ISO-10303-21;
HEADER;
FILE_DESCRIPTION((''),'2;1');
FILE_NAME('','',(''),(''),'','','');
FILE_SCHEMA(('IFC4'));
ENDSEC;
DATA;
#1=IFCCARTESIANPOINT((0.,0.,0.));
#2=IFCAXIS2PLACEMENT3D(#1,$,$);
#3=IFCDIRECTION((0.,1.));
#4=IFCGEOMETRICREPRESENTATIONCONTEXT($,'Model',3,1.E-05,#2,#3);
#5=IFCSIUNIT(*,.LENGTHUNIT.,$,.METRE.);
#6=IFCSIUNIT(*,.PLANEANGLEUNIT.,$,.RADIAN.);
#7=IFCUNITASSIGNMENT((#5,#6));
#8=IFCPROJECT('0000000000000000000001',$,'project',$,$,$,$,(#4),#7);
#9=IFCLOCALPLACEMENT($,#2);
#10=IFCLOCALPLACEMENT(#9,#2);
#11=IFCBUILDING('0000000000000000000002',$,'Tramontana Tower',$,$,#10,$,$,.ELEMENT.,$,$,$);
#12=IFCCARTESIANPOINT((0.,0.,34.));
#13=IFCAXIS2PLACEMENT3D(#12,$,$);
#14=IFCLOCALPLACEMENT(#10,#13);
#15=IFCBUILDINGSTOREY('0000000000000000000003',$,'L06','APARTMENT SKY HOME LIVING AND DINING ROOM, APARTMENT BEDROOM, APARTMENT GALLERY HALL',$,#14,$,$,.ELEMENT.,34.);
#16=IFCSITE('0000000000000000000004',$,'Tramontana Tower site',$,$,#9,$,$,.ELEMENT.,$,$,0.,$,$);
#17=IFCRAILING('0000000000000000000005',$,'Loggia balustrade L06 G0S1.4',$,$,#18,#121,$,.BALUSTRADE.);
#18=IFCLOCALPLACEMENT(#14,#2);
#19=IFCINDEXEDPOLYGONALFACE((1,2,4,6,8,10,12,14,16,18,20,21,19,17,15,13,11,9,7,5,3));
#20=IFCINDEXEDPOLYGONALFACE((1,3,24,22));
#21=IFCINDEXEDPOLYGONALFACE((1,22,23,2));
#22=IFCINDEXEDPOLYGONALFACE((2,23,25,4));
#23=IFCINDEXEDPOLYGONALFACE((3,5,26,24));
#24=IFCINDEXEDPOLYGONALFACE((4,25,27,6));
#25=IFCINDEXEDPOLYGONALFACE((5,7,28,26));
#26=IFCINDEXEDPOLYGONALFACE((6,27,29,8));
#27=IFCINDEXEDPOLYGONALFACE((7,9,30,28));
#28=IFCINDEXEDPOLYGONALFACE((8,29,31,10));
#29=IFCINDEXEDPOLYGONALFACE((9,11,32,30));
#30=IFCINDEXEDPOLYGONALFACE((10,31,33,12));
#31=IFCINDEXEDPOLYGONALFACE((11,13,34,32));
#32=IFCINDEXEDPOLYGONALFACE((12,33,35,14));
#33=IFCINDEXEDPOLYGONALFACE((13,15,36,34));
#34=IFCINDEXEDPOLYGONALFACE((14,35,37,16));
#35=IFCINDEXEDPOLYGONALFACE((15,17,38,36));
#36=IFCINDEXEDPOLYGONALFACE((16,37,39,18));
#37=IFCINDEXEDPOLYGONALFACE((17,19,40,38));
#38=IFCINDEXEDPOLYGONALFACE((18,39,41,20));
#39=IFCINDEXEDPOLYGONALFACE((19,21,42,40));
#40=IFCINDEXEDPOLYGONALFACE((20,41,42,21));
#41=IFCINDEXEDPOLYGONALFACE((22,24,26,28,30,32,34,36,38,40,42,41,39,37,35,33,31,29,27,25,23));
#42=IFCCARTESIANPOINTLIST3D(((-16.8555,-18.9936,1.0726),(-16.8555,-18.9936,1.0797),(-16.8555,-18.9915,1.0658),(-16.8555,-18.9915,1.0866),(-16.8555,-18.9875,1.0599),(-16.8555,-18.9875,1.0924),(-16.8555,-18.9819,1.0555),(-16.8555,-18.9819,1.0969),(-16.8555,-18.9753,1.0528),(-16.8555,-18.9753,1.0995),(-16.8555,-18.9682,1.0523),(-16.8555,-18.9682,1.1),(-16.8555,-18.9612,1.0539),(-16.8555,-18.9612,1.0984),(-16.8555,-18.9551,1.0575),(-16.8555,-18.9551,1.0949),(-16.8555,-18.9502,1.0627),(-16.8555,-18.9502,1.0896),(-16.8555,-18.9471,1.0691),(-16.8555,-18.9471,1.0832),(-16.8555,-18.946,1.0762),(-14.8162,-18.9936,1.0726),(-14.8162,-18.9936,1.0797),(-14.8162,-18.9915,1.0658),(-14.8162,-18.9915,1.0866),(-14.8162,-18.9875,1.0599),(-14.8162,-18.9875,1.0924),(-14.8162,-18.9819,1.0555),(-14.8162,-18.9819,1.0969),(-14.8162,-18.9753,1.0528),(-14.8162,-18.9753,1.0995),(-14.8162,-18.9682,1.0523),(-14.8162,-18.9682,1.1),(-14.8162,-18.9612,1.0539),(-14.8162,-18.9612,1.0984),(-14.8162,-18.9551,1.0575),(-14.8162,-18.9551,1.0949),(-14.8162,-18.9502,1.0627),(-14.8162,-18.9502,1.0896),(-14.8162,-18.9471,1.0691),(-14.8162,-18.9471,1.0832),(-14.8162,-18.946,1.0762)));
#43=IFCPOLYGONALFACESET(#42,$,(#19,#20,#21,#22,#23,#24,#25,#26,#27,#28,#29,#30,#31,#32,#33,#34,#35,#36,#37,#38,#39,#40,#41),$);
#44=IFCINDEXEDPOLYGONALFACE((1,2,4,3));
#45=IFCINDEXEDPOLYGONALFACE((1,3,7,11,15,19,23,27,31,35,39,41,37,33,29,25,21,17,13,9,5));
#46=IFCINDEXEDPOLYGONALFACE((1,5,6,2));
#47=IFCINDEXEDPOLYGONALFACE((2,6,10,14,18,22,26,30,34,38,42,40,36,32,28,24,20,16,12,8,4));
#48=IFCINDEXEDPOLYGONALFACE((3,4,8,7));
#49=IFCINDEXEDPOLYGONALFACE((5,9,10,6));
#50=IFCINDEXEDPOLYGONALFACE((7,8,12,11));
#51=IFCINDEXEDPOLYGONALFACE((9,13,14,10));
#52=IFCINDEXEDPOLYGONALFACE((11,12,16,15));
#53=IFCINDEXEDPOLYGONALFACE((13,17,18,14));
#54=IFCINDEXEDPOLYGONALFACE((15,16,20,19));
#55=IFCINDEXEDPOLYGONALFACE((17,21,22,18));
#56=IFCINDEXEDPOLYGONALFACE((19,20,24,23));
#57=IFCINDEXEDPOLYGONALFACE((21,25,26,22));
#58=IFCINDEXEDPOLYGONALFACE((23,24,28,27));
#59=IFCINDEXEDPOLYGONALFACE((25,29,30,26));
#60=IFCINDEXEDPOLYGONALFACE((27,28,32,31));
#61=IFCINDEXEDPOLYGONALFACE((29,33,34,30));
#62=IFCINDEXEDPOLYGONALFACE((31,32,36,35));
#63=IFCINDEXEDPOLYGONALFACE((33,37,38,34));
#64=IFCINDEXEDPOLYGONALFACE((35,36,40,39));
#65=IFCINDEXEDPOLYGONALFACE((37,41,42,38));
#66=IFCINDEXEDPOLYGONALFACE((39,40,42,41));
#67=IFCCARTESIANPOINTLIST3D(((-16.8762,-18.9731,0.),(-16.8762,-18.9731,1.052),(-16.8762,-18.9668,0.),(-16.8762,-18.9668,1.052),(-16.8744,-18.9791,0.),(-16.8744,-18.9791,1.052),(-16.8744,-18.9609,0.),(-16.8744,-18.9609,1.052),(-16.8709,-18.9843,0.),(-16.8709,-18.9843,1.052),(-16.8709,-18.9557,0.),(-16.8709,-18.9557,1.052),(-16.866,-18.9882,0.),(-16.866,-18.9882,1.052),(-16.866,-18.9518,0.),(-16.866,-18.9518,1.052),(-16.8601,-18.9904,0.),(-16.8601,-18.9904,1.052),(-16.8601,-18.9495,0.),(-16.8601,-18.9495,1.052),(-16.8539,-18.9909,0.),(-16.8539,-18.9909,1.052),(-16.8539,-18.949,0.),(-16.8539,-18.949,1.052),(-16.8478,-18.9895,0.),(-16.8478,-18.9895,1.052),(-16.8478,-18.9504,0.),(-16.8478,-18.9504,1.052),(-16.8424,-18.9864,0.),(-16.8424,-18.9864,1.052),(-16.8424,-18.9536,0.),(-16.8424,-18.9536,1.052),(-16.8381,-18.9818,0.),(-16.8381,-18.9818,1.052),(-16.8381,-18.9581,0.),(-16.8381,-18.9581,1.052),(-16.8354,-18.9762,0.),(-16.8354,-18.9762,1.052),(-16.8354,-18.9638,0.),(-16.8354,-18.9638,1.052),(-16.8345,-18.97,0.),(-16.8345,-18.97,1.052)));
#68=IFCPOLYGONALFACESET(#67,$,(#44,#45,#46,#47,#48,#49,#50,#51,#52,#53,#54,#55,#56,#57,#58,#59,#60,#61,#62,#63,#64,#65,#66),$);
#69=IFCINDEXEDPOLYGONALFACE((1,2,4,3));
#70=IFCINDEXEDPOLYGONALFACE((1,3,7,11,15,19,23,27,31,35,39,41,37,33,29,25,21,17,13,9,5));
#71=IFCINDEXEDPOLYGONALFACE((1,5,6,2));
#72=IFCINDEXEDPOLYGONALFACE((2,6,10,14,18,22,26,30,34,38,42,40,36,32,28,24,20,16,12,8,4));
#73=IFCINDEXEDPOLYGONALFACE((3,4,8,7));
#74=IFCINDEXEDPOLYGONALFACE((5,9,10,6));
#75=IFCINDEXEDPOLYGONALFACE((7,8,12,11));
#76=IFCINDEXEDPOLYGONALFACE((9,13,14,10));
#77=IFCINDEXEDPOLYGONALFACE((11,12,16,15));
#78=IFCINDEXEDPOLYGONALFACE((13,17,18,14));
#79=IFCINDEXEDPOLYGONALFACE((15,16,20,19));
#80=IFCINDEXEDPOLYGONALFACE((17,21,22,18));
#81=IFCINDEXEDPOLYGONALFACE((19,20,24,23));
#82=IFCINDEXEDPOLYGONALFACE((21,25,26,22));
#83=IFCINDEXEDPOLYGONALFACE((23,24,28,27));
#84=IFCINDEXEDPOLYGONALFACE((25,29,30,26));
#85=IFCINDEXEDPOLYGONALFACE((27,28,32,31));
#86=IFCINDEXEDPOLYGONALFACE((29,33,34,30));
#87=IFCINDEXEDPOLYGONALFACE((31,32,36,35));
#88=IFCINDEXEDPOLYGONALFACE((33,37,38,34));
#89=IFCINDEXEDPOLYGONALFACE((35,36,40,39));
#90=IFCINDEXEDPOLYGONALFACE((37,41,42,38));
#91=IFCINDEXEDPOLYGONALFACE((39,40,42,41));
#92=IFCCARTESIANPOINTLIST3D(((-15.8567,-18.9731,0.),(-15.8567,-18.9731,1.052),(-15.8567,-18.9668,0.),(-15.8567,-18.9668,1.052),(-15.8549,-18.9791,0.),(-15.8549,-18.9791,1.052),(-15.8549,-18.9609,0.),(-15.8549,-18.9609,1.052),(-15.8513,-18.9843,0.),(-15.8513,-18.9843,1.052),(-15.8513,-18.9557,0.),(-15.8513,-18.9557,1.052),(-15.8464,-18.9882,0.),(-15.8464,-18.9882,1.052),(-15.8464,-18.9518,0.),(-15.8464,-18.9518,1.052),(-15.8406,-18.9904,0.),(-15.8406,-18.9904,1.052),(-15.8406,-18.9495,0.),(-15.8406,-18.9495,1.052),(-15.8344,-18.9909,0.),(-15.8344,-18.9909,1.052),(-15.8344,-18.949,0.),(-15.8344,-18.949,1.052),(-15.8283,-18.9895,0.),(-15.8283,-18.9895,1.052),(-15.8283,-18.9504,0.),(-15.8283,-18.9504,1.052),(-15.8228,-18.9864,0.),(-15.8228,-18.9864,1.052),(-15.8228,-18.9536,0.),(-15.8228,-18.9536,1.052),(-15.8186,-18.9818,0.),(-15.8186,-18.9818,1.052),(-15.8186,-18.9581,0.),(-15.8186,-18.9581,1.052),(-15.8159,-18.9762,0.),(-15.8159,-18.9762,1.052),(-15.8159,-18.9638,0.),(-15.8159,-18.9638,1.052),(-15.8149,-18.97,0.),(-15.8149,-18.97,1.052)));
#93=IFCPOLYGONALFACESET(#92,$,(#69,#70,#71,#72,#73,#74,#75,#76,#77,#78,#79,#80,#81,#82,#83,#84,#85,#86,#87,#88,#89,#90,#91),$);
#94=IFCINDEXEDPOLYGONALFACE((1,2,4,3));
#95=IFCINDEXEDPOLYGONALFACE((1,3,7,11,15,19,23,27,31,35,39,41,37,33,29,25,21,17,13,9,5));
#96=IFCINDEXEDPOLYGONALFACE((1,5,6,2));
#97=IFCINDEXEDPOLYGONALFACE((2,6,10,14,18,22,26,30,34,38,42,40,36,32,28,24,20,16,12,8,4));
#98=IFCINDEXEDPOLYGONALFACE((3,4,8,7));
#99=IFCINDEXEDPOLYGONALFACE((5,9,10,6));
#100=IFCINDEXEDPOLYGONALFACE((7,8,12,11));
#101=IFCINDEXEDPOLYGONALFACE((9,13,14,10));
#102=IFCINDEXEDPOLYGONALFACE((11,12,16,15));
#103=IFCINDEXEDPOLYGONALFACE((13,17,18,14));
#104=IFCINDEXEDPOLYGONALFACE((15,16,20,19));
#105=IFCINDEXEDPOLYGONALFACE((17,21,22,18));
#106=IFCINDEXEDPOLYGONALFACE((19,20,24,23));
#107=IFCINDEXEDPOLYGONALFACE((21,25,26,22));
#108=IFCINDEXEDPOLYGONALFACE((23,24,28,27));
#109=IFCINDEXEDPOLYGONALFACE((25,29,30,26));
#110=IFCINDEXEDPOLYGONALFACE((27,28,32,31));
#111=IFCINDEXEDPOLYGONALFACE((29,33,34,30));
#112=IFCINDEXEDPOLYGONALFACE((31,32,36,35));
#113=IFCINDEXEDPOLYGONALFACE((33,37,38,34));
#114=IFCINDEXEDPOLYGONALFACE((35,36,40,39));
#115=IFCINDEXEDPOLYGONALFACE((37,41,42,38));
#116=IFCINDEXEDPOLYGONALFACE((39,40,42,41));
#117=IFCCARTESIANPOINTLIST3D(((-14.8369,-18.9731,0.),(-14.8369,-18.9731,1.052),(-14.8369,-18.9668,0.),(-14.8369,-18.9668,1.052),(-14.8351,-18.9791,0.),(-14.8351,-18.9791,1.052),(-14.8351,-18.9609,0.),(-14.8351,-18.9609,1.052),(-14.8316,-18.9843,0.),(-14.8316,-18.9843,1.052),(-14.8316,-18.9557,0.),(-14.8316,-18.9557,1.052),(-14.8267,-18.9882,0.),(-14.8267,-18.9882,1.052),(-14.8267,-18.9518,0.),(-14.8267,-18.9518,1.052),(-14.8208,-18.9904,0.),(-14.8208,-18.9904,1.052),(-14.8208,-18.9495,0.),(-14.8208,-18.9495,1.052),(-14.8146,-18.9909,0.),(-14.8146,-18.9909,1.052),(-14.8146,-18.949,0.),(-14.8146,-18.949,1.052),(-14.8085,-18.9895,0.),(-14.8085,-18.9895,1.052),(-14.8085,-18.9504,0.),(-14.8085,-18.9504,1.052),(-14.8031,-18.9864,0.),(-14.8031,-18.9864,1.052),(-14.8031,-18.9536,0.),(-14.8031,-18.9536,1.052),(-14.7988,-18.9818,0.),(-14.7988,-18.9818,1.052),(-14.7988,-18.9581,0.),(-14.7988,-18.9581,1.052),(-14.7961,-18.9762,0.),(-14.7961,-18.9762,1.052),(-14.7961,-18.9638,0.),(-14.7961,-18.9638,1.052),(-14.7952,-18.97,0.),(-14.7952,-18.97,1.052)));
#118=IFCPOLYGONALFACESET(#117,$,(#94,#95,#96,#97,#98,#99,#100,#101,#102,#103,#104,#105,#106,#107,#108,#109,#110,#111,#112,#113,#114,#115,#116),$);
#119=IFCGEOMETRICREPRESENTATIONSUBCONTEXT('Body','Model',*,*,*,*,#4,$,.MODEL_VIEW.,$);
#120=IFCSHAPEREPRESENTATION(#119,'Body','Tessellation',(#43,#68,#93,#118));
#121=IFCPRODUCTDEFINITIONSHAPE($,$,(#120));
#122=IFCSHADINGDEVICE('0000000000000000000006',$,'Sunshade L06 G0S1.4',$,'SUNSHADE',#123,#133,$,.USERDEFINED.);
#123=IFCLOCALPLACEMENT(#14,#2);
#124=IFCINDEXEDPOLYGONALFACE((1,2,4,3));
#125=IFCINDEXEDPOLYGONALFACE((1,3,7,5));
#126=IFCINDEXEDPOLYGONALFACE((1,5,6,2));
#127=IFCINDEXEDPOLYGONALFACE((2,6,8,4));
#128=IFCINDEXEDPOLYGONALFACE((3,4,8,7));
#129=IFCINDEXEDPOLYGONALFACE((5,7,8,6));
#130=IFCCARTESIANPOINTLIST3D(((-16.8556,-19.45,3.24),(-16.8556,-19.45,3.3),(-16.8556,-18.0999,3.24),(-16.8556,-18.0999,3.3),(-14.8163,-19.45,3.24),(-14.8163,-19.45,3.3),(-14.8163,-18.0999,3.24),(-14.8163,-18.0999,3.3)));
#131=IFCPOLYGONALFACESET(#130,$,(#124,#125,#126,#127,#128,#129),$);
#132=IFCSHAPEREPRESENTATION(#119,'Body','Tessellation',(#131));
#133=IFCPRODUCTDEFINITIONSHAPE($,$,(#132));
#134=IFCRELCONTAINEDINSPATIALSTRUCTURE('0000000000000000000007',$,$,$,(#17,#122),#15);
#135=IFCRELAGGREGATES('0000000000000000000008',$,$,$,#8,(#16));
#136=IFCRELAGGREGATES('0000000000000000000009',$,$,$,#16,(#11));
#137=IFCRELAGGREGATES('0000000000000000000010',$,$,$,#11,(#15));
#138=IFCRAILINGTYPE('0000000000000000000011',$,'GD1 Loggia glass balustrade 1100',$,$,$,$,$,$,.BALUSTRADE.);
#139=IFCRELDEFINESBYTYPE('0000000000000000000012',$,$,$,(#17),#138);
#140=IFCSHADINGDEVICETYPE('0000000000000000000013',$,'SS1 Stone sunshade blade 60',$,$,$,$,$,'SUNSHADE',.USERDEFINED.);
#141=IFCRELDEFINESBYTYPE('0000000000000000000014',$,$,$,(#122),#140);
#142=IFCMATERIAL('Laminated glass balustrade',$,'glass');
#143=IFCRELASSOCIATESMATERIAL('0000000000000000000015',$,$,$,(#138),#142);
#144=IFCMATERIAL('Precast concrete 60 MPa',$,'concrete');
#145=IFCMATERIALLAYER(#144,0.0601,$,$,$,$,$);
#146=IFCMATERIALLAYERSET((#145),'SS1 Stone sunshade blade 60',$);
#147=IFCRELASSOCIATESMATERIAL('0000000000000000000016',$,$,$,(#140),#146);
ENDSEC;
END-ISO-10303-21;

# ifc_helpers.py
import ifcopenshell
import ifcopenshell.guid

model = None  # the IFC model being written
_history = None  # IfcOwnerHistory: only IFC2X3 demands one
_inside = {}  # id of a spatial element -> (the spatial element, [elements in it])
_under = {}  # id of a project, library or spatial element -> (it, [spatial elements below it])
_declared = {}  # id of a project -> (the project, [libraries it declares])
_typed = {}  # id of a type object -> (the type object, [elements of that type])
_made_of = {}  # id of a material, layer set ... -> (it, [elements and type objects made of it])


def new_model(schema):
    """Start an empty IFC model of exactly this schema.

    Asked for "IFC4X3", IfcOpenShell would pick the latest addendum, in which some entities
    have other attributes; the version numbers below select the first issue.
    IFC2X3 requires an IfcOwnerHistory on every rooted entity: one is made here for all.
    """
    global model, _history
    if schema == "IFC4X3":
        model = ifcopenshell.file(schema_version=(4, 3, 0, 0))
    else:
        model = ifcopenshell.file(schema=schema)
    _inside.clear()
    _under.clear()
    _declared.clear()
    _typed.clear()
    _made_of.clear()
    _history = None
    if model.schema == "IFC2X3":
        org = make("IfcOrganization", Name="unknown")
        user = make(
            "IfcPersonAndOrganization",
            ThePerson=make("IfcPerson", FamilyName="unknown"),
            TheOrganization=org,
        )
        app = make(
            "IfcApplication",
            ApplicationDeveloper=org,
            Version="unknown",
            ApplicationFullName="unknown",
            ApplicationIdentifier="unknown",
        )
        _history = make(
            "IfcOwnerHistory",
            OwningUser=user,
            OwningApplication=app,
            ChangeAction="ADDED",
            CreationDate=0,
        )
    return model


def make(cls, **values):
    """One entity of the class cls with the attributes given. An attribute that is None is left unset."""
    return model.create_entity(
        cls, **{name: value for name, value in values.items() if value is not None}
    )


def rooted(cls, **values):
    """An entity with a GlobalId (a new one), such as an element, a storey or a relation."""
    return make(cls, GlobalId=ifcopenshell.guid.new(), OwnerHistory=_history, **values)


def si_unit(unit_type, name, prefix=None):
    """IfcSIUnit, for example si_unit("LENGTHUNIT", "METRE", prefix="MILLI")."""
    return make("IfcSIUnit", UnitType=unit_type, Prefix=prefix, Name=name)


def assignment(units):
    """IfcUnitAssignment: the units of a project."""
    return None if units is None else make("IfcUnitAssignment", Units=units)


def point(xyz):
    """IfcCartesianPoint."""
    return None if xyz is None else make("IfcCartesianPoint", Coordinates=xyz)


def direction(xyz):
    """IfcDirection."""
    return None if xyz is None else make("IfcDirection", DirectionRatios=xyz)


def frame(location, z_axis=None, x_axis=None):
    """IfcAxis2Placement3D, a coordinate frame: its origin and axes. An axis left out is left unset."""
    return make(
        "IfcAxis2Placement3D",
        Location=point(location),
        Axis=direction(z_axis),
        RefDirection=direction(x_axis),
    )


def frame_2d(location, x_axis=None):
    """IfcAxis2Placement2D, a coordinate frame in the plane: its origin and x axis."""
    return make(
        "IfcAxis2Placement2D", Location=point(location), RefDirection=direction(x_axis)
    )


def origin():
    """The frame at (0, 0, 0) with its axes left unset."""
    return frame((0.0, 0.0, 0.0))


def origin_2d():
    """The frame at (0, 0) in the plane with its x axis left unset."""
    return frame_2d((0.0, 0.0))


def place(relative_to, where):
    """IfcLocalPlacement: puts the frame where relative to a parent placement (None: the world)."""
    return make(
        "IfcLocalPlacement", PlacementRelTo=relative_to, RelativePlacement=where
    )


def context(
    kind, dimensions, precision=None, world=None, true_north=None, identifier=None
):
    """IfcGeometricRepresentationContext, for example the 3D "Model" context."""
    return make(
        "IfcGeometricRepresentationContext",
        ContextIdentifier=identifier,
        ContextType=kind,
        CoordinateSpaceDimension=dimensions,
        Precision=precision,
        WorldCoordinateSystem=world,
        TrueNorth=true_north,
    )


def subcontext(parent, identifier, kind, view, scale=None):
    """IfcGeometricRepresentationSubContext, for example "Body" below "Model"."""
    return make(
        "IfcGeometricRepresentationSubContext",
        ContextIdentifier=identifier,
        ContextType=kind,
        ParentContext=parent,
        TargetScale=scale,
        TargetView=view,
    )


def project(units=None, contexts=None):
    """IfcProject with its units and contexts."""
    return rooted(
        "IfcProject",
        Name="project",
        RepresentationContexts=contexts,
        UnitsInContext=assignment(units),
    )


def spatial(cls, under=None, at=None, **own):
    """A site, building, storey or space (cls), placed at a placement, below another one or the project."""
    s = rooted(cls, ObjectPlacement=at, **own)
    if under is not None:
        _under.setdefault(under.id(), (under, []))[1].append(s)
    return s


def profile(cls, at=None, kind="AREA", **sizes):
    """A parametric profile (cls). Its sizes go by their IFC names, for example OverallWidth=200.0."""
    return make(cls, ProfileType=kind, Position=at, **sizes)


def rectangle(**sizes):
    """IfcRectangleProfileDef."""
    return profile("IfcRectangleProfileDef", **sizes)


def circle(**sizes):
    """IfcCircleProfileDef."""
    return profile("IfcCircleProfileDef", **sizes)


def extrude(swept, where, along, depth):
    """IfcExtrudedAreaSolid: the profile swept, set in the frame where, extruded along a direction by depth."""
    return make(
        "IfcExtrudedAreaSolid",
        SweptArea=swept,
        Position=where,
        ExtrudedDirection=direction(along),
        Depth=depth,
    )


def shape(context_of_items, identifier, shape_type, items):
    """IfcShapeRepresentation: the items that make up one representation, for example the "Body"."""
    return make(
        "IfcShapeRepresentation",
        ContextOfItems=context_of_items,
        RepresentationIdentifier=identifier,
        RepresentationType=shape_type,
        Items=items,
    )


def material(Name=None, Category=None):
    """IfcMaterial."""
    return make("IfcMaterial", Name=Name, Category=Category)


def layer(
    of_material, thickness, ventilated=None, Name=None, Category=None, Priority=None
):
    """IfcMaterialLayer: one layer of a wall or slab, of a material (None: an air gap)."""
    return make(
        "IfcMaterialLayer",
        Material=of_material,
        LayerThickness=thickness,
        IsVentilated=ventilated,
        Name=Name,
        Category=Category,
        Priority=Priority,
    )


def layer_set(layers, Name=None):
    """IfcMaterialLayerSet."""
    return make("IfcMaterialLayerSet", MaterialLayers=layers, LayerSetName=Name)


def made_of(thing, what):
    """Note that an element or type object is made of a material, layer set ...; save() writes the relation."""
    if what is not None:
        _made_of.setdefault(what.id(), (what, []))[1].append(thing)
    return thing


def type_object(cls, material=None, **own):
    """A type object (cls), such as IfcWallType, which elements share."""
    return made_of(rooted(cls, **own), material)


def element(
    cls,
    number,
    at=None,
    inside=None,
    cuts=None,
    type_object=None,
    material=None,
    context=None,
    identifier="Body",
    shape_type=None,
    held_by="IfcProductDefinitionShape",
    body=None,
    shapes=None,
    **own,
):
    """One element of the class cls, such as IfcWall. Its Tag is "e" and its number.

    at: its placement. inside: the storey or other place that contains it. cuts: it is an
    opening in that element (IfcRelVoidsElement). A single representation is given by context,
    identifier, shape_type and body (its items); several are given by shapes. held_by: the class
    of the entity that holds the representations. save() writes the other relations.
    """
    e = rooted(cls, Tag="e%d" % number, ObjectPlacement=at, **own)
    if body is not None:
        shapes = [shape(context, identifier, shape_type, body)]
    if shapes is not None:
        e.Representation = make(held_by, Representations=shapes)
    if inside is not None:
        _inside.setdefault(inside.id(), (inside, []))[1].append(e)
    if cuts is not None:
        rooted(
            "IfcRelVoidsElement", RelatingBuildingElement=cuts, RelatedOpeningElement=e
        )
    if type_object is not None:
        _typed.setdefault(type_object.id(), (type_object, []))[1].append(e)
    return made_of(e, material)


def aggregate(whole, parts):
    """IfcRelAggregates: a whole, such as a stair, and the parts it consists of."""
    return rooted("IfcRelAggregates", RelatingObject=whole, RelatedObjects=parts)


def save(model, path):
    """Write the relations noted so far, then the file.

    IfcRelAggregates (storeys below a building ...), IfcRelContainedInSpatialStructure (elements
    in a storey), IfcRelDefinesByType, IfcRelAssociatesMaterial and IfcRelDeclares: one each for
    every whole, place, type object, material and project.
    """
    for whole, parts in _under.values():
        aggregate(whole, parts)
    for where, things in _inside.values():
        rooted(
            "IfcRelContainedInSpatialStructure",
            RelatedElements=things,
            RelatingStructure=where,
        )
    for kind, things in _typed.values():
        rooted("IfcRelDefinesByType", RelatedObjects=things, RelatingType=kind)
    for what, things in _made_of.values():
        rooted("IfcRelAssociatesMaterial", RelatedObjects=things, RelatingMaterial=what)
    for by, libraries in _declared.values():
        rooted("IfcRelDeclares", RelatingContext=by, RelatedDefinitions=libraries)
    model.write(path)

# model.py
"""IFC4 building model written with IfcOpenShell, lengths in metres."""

from ifc_helpers import new_model, si_unit, direction, frame, origin, origin_2d, place, context, subcontext, project, spatial, rectangle, circle, extrude, material, layer, layer_set, type_object, element, save


model = new_model("IFC4")

# Units and contexts
model_context = context("Model", 3, precision=1e-05, world=origin(), true_north=direction((0.0, 1.0)))
body_context = subcontext(model_context, "Body", "Model", "MODEL_VIEW")
ifc_project = project(units=[si_unit("LENGTHUNIT", "METRE"), si_unit("PLANEANGLEUNIT", "RADIAN")], contexts=[model_context])

# Site, building, storey
site_placement = place(None, origin())
site = spatial("IfcSite", under=ifc_project, at=site_placement, Name="Tramontana Tower site", CompositionType="ELEMENT", RefElevation=0.0)
building_placement = place(site_placement, origin())
building = spatial("IfcBuilding", under=site, at=building_placement, Name="Tramontana Tower", CompositionType="ELEMENT")
storey_placement = place(building_placement, frame((0.0, 0.0, 34.0)))
storey = spatial("IfcBuildingStorey", under=building, at=storey_placement, Name="L06", Description="APARTMENT SKY HOME LIVING AND DINING ROOM, APARTMENT BEDROOM, APARTMENT GALLERY HALL", CompositionType="ELEMENT", Elevation=34.0)

# Railing
ifc_material_1 = material(Name="Laminated glass balustrade", Category="glass")
railing_type = type_object("IfcRailingType", Name="GD1 Loggia glass balustrade 1100", PredefinedType="BALUSTRADE", material=ifc_material_1)
railing_placement = place(storey_placement, frame((-16.8555, -18.97, 0.0)))
element("IfcRailing", 1, at=railing_placement, inside=storey, type_object=railing_type, Name="Loggia balustrade L06 G0S1.4", PredefinedType="BALUSTRADE", context=body_context, shape_type="SweptSolid", body=[
    extrude(circle(Radius=0.0239, at=origin_2d()), frame((0.0, 0.0, 1.0762), z_axis=(1.0, 0.0, 0.0), x_axis=(0.0, 1.0, 0.0)), (0.0, 0.0, 1.0), 2.0393),
    extrude(circle(Radius=0.021, at=origin_2d()), origin(), (0.0, 0.0, 1.0), 1.052),
    extrude(circle(Radius=0.021, at=origin_2d()), frame((1.0195, 0.0, 0.0)), (0.0, 0.0, 1.0), 1.052),
    extrude(circle(Radius=0.021, at=origin_2d()), frame((2.0393, 0.0, 0.0)), (0.0, 0.0, 1.0), 1.052),
])

# Shading device
ifc_material_2 = material(Name="Precast concrete 60 MPa", Category="concrete")
ifc_layer_1 = layer(ifc_material_2, 0.0601)
ifc_layer_set_1 = layer_set([ifc_layer_1], Name="SS1 Stone sunshade blade 60")
shading_device_type = type_object("IfcShadingDeviceType", Name="SS1 Stone sunshade blade 60", ElementType="SUNSHADE", PredefinedType="USERDEFINED", material=ifc_layer_set_1)
shading_device_placement = place(storey_placement, frame((-15.8359, -18.7749, 3.24), z_axis=(0.0, 0.0, 1.0), x_axis=(1.0, 0.0, 0.0)))
element("IfcShadingDevice", 2, at=shading_device_placement, inside=storey, type_object=shading_device_type, Name="Sunshade L06 G0S1.4", ObjectType="SUNSHADE", PredefinedType="USERDEFINED", context=body_context, shape_type="SweptSolid", body=[
    extrude(rectangle(XDim=2.0393, YDim=1.3501, at=origin_2d()), origin(), (0.0, 0.0, 1.0), 0.0601),
])

save(model, "model.ifc")
